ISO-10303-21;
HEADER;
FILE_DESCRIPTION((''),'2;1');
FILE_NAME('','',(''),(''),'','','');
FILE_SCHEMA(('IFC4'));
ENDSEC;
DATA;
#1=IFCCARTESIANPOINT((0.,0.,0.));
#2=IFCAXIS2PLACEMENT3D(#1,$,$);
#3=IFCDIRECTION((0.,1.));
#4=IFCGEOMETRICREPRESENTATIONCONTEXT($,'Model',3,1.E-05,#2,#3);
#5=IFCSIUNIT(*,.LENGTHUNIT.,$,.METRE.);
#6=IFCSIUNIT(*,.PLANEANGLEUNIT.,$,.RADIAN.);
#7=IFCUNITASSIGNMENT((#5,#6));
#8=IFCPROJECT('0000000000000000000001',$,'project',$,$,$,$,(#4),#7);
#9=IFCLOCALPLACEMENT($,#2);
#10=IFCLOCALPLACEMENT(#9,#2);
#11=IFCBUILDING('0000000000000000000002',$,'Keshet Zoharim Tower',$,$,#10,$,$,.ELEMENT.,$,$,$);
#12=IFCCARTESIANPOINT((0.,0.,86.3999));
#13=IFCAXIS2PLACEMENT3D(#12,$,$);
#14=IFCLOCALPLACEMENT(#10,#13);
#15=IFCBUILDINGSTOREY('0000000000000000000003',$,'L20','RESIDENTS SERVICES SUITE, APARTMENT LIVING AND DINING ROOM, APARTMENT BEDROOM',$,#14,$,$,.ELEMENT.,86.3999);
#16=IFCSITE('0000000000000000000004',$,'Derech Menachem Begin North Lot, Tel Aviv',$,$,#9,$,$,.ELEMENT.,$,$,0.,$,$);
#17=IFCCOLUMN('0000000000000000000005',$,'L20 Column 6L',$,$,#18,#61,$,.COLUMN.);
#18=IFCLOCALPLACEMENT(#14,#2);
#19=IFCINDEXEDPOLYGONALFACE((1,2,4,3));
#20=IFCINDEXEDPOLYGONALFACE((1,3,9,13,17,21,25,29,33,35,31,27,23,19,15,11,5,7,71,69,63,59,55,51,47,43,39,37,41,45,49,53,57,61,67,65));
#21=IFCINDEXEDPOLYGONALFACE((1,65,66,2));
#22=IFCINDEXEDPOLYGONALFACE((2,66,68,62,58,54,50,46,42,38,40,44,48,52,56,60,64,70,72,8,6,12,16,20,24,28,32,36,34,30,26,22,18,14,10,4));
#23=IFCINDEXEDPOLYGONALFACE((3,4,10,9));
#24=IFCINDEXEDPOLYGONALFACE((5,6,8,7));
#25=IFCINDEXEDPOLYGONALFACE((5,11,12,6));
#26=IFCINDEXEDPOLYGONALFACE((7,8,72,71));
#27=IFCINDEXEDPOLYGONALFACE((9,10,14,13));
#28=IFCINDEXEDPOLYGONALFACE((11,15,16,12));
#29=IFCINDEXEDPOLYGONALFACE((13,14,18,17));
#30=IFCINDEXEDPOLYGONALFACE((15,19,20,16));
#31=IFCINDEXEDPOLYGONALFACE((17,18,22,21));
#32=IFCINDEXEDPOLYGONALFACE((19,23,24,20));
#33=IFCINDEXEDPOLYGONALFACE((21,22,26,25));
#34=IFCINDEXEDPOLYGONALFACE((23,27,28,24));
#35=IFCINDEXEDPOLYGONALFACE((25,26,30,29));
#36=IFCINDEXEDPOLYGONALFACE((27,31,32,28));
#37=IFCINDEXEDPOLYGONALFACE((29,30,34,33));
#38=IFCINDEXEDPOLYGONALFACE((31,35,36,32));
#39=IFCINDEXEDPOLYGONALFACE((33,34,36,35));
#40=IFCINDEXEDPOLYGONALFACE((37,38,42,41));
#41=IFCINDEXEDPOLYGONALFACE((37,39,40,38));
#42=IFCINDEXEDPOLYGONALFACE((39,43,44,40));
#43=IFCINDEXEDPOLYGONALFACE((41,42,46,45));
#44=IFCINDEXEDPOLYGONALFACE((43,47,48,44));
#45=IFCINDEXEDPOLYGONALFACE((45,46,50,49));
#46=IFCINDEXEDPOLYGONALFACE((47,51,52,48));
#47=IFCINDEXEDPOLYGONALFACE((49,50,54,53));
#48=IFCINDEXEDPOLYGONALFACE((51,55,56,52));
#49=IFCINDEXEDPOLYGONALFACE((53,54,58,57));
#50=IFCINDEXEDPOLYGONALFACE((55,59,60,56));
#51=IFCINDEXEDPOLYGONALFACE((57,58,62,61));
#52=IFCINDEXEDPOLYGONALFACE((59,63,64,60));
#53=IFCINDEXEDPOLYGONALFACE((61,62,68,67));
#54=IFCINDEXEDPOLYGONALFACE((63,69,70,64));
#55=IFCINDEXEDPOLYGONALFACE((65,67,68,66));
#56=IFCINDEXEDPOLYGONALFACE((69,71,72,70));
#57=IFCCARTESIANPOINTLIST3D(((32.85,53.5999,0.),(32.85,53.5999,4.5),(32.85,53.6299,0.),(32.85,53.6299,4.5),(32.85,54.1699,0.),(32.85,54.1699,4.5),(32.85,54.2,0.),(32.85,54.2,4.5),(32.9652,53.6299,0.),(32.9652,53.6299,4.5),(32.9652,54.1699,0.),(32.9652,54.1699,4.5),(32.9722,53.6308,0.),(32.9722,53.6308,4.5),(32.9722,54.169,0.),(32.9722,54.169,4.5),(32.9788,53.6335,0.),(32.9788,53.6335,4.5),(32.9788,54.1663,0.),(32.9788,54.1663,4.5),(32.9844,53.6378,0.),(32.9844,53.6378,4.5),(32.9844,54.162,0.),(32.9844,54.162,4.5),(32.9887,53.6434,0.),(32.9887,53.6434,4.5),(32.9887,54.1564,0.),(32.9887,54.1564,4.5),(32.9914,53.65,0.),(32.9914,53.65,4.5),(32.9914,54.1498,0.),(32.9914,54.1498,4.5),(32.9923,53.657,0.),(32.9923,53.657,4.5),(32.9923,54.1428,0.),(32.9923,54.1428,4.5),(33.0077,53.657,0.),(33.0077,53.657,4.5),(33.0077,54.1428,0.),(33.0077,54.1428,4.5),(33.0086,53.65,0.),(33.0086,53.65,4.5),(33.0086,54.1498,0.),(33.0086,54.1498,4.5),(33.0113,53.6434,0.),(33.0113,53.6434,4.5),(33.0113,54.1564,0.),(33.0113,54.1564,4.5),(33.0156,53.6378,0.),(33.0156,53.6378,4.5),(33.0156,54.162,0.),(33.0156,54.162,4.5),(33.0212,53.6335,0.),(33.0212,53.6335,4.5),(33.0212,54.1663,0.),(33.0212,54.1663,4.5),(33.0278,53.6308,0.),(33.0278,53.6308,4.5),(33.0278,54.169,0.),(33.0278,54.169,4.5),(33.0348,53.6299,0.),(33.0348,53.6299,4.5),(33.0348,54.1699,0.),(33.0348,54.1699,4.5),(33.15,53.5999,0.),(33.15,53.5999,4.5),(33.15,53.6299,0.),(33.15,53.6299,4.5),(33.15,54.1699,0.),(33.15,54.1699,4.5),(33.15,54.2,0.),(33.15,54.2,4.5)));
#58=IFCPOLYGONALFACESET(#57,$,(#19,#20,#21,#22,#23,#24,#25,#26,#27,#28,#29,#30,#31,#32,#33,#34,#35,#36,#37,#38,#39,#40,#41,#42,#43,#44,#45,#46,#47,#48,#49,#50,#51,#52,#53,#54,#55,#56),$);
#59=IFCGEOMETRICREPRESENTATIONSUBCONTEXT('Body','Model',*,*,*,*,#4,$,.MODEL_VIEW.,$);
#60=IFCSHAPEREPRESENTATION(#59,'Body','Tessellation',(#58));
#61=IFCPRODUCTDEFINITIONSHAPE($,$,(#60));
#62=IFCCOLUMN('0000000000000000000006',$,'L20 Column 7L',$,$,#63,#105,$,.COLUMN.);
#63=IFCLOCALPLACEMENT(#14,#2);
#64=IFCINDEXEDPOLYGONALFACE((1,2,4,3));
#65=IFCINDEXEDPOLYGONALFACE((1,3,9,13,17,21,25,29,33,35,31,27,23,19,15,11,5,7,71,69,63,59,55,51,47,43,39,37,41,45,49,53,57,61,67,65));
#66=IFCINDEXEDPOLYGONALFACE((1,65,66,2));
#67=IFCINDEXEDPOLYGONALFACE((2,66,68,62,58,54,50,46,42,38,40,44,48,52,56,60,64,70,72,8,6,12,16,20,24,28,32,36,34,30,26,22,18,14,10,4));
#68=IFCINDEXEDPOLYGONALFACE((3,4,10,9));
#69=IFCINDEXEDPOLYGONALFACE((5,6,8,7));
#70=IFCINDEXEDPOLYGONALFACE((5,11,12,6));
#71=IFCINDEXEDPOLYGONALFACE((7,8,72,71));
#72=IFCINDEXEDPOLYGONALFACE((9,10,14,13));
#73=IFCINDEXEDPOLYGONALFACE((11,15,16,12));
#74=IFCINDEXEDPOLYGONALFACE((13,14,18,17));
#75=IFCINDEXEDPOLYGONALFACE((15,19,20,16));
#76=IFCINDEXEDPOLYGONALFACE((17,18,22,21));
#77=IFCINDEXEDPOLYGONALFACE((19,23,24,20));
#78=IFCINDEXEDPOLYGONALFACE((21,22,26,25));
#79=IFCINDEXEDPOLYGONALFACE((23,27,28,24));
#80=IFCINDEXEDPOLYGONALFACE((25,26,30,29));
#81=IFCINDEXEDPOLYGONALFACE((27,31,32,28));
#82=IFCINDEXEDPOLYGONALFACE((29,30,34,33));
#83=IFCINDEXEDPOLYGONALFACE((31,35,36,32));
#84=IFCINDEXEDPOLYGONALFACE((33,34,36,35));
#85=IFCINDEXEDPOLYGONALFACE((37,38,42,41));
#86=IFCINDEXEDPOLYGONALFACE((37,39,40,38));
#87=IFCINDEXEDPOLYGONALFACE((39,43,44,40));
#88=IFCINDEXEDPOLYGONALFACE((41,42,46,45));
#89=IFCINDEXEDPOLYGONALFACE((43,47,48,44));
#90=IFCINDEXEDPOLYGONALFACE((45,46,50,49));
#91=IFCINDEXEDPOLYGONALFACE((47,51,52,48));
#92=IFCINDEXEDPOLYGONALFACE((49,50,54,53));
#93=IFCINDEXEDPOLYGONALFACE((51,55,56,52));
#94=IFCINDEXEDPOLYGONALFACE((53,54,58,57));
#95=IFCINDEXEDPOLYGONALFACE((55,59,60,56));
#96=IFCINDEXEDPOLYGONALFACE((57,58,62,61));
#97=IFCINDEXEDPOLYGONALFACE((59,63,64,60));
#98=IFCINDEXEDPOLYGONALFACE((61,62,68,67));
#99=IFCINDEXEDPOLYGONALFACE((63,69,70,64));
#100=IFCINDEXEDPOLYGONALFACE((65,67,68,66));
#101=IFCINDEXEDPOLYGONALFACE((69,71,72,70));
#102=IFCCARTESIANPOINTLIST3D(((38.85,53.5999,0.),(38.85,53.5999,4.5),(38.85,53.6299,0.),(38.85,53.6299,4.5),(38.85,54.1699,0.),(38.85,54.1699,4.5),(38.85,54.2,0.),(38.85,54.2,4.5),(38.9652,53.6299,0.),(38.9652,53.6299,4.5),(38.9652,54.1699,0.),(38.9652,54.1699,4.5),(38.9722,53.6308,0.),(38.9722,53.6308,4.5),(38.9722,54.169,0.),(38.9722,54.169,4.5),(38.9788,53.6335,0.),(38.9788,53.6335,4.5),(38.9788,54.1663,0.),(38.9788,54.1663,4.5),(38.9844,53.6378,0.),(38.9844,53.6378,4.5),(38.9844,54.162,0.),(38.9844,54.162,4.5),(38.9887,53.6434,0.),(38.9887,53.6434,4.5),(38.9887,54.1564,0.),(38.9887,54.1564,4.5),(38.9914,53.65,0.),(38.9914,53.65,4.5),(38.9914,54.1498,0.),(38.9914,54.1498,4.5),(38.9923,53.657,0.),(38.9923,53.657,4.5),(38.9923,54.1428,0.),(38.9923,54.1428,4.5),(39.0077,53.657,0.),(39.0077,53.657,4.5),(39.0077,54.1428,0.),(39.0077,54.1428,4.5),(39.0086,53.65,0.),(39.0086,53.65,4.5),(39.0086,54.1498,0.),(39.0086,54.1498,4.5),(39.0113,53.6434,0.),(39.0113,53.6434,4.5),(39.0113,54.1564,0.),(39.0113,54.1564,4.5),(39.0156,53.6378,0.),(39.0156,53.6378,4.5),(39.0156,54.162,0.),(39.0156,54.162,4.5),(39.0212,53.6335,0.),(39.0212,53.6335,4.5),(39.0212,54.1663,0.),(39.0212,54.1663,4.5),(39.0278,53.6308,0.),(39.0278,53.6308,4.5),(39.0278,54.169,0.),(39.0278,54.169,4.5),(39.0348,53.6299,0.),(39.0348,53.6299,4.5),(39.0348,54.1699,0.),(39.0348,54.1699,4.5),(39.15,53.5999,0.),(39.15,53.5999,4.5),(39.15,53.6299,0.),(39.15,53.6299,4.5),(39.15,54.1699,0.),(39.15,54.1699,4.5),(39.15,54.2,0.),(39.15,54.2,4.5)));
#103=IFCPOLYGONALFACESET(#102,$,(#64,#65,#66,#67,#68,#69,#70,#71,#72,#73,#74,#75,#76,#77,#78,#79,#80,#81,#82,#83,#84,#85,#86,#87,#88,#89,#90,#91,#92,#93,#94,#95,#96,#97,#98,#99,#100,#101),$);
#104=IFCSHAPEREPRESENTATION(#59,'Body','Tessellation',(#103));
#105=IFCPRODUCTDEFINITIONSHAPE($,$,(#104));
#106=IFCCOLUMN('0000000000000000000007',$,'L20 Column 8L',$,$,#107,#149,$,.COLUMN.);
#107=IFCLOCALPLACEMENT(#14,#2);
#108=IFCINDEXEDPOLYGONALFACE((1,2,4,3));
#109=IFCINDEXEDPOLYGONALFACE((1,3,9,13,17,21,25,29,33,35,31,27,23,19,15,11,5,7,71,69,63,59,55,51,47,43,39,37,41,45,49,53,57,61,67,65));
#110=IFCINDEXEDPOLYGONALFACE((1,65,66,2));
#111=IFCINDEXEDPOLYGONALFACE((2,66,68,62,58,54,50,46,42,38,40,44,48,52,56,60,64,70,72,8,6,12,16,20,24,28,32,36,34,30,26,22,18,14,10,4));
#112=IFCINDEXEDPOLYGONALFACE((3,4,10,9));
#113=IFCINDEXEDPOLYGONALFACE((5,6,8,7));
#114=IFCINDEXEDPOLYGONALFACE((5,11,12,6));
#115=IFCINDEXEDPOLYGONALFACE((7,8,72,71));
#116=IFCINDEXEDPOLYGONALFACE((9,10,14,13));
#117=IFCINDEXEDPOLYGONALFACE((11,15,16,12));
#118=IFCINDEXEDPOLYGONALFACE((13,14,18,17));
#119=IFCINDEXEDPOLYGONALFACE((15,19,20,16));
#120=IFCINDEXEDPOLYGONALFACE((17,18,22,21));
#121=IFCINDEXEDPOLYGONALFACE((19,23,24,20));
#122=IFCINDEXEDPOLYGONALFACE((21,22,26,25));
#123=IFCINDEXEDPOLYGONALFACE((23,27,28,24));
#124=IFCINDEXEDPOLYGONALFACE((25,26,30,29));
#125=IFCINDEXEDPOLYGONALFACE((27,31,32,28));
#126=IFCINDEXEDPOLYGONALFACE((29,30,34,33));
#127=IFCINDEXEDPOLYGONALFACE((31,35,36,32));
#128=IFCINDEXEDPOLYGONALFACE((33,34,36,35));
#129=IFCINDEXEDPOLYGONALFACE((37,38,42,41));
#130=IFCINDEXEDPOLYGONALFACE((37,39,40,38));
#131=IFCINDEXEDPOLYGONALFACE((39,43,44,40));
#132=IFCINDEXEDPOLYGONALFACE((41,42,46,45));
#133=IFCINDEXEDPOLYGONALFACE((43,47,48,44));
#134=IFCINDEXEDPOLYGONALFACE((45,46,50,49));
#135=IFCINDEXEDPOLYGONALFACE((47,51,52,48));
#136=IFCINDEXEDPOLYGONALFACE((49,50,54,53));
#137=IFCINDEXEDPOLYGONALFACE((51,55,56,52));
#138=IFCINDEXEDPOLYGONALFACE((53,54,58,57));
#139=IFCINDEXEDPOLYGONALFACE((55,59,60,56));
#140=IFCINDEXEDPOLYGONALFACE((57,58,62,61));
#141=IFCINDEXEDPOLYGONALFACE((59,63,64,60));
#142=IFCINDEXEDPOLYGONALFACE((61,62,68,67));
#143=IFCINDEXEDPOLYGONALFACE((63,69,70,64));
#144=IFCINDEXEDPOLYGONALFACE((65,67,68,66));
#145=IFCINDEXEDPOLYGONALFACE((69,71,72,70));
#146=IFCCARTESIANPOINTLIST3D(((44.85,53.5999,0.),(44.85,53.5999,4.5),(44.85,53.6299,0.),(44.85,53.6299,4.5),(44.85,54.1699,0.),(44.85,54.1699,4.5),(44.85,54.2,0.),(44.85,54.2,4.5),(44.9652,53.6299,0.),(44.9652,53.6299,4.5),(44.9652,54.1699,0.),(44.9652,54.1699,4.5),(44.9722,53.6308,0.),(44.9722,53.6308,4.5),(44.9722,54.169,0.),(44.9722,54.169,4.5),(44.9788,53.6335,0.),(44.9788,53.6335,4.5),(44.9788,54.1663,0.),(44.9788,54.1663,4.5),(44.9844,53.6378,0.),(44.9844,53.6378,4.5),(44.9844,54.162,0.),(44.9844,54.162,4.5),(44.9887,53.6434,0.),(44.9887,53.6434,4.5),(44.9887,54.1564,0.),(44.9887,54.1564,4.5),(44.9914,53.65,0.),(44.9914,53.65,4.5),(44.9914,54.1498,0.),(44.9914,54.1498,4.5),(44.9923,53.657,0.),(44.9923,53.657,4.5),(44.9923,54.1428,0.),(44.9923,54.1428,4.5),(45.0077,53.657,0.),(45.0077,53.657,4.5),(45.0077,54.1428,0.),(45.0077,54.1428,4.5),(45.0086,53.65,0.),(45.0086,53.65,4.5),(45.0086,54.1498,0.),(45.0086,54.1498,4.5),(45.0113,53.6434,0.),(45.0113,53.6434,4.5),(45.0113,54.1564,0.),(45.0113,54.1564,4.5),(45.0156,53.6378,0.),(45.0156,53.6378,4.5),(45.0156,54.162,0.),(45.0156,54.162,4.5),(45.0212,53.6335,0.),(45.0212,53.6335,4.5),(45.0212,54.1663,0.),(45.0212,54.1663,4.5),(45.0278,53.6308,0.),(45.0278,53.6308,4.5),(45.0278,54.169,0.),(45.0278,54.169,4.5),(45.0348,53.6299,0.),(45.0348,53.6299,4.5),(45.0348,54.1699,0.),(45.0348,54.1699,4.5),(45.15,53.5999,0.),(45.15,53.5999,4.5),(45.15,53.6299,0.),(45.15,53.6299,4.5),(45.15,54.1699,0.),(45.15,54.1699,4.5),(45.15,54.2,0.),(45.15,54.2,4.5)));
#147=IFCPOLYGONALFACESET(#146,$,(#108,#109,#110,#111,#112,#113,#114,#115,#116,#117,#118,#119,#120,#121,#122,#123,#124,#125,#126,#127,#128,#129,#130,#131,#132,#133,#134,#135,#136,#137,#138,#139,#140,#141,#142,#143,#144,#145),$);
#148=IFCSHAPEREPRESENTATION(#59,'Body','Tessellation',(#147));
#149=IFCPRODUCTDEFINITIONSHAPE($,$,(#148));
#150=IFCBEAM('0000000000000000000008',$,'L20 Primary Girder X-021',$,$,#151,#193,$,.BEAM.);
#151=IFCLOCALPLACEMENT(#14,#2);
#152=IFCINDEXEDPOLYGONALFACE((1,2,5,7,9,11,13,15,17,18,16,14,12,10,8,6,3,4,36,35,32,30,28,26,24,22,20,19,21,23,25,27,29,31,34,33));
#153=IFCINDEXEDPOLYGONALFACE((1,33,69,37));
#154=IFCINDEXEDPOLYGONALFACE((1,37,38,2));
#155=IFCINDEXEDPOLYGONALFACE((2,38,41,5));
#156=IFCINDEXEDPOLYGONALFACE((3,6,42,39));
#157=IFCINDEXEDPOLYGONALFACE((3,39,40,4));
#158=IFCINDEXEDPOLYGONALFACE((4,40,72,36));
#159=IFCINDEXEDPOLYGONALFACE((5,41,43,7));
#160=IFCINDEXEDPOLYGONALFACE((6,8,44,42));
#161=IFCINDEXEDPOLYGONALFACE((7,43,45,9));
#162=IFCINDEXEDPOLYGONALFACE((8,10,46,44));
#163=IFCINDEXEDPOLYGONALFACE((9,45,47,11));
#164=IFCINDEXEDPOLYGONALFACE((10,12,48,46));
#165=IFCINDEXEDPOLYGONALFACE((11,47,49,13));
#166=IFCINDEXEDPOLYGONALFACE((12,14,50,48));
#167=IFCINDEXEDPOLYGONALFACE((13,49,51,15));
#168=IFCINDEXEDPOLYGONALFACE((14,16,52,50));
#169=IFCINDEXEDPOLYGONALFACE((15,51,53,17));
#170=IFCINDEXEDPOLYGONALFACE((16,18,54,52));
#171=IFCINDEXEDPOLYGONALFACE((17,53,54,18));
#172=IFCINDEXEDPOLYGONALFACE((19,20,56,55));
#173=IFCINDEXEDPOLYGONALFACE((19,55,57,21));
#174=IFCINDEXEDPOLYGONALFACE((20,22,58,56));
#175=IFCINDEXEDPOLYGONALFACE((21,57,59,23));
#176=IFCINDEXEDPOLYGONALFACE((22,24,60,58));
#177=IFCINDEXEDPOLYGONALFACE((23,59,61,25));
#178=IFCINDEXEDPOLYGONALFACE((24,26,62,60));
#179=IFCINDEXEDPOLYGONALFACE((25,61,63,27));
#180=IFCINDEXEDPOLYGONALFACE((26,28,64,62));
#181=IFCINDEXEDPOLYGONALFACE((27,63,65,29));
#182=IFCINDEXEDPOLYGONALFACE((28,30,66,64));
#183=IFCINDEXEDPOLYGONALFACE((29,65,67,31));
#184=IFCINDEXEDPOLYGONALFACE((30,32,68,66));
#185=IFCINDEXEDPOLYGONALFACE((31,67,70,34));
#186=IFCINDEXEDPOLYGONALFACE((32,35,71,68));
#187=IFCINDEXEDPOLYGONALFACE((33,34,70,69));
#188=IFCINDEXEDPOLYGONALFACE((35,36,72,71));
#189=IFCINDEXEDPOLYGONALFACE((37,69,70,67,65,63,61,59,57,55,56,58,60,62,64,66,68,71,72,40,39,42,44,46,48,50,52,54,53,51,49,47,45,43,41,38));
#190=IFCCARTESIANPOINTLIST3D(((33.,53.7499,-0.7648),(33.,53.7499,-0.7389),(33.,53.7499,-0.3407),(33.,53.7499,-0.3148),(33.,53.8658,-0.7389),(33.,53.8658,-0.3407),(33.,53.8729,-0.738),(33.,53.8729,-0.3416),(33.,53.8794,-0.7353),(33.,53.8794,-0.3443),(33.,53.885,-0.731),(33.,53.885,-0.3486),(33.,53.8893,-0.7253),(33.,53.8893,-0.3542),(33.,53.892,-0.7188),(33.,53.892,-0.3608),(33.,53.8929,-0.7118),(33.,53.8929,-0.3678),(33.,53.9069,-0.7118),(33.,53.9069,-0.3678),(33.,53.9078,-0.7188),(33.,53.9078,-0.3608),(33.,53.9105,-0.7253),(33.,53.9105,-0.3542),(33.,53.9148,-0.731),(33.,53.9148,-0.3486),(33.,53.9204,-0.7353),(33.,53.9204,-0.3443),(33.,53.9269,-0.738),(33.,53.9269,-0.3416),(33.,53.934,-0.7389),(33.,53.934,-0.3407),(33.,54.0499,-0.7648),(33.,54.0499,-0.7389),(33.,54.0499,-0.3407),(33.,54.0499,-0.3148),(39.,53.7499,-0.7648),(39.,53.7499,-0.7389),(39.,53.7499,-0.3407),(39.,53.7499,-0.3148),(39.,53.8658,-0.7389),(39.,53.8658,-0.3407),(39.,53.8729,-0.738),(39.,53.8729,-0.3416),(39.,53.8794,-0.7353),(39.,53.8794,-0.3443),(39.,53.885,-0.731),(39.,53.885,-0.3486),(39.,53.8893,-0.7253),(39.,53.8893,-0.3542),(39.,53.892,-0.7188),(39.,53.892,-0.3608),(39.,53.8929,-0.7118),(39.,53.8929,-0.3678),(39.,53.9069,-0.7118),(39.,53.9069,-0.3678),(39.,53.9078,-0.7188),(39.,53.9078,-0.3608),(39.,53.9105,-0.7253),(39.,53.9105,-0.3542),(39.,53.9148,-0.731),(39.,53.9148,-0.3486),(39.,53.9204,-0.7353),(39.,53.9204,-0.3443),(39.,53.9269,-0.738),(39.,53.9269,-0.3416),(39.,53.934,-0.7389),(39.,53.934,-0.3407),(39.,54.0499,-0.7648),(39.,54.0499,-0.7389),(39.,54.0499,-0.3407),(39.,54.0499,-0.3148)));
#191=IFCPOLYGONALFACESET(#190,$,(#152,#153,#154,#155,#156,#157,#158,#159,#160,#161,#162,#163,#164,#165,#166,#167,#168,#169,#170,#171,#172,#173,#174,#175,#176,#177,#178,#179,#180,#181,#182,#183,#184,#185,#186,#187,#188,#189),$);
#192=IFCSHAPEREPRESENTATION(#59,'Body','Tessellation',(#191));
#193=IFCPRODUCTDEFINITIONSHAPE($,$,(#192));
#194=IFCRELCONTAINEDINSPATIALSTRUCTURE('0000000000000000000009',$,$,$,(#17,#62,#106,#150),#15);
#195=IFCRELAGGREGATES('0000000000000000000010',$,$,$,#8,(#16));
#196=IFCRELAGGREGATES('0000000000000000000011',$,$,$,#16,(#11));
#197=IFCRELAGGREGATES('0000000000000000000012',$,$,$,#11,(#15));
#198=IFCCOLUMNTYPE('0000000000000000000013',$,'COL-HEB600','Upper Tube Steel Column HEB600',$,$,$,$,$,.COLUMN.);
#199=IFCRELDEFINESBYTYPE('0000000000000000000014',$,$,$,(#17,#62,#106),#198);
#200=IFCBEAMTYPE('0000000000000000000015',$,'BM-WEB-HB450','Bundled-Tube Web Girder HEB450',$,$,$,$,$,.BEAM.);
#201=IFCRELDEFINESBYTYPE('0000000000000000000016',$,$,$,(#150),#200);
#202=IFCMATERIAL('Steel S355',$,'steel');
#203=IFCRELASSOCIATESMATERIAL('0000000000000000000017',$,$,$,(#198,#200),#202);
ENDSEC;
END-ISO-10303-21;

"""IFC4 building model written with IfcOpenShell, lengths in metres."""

from ifc_helpers import new_model, si_unit, direction, frame, origin, origin_2d, place, context, subcontext, project, spatial, i_section, extrude, material, material_profile, profile_set, type_object, element, save


model = new_model("IFC4")

# Units and contexts
model_context = context("Model", 3, precision=1e-05, world=origin(), true_north=direction((0.0, 1.0)))
body_context = subcontext(model_context, "Body", "Model", "MODEL_VIEW")
ifc_project = project(units=[si_unit("LENGTHUNIT", "METRE"), si_unit("PLANEANGLEUNIT", "RADIAN")], contexts=[model_context])

# Site, building, storey
site_placement = place(None, origin())
site = spatial("IfcSite", under=ifc_project, at=site_placement, Name="Derech Menachem Begin North Lot, Tel Aviv", CompositionType="ELEMENT", RefElevation=0.0)
building_placement = place(site_placement, origin())
building = spatial("IfcBuilding", under=site, at=building_placement, Name="Keshet Zoharim Tower", CompositionType="ELEMENT")
storey_placement = place(building_placement, frame((0.0, 0.0, 86.3999)))
storey = spatial("IfcBuildingStorey", under=building, at=storey_placement, Name="L20", Description="RESIDENTS SERVICES SUITE, APARTMENT LIVING AND DINING ROOM, APARTMENT BEDROOM", CompositionType="ELEMENT", Elevation=86.3999)

# Columns
ifc_material_1 = material(Name="Steel S355", Category="steel")
ifc_material_profile_1 = material_profile(ifc_material_1, i_section(OverallWidth=0.3, OverallDepth=0.6001, WebThickness=0.0154, FlangeThickness=0.03, FilletRadius=0.0271, at=origin_2d()), Name="HEB600")
ifc_profile_set_1 = profile_set([ifc_material_profile_1], Name="Steel S355")
column_type = type_object("IfcColumnType", Name="COL-HEB600", Description="Upper Tube Steel Column HEB600", PredefinedType="COLUMN", material=ifc_profile_set_1)
for number, where, z_axis, x_axis, name in (
    (1, (33.0, 53.8999, 0.0), (0.0, 0.0, 1.0), (1.0, 0.0, 0.0), "L20 Column 6L"),
    (2, (39.0, 53.8999, 0.0), (0.0, 0.0, 1.0), (1.0, 0.0, 0.0), "L20 Column 7L"),
    (3, (45.0, 53.8999, 0.0), (0.0, 0.0, 1.0), (1.0, 0.0, 0.0), "L20 Column 8L"),
):
    element("IfcColumn", number, at=place(storey_placement, frame(where, z_axis=z_axis, x_axis=x_axis)), inside=storey, type_object=column_type, Name=name, PredefinedType="COLUMN", context=body_context, shape_type="SweptSolid", body=[
        extrude(i_section(OverallWidth=0.3, OverallDepth=0.6001, WebThickness=0.0154, FlangeThickness=0.03, FilletRadius=0.0271, at=origin_2d()), origin(), (0.0, 0.0, 1.0), 4.5),
    ])

# Beam
ifc_material_profile_2 = material_profile(ifc_material_1, i_section(OverallWidth=0.3, OverallDepth=0.45, WebThickness=0.0139, FlangeThickness=0.0259, FilletRadius=0.0271, at=origin_2d()), Name="HEB450")
ifc_profile_set_2 = profile_set([ifc_material_profile_2], Name="Steel S355")
beam_type = type_object("IfcBeamType", Name="BM-WEB-HB450", Description="Bundled-Tube Web Girder HEB450", PredefinedType="BEAM", material=ifc_profile_set_2)
for number, where, z_axis, x_axis, name in (
    (4, (33.0, 53.8999, -0.5398), (1.0, 0.0, 0.0), (0.0, 1.0, 0.0), "L20 Primary Girder X-021"),
):
    element("IfcBeam", number, at=place(storey_placement, frame(where, z_axis=z_axis, x_axis=x_axis)), inside=storey, type_object=beam_type, Name=name, PredefinedType="BEAM", context=body_context, shape_type="SweptSolid", body=[
        extrude(i_section(OverallWidth=0.3, OverallDepth=0.45, WebThickness=0.0139, FlangeThickness=0.0259, FilletRadius=0.0271, at=origin_2d()), origin(), (0.0, 0.0, 1.0), 6.0),
    ])

save(model, "model.ifc")
